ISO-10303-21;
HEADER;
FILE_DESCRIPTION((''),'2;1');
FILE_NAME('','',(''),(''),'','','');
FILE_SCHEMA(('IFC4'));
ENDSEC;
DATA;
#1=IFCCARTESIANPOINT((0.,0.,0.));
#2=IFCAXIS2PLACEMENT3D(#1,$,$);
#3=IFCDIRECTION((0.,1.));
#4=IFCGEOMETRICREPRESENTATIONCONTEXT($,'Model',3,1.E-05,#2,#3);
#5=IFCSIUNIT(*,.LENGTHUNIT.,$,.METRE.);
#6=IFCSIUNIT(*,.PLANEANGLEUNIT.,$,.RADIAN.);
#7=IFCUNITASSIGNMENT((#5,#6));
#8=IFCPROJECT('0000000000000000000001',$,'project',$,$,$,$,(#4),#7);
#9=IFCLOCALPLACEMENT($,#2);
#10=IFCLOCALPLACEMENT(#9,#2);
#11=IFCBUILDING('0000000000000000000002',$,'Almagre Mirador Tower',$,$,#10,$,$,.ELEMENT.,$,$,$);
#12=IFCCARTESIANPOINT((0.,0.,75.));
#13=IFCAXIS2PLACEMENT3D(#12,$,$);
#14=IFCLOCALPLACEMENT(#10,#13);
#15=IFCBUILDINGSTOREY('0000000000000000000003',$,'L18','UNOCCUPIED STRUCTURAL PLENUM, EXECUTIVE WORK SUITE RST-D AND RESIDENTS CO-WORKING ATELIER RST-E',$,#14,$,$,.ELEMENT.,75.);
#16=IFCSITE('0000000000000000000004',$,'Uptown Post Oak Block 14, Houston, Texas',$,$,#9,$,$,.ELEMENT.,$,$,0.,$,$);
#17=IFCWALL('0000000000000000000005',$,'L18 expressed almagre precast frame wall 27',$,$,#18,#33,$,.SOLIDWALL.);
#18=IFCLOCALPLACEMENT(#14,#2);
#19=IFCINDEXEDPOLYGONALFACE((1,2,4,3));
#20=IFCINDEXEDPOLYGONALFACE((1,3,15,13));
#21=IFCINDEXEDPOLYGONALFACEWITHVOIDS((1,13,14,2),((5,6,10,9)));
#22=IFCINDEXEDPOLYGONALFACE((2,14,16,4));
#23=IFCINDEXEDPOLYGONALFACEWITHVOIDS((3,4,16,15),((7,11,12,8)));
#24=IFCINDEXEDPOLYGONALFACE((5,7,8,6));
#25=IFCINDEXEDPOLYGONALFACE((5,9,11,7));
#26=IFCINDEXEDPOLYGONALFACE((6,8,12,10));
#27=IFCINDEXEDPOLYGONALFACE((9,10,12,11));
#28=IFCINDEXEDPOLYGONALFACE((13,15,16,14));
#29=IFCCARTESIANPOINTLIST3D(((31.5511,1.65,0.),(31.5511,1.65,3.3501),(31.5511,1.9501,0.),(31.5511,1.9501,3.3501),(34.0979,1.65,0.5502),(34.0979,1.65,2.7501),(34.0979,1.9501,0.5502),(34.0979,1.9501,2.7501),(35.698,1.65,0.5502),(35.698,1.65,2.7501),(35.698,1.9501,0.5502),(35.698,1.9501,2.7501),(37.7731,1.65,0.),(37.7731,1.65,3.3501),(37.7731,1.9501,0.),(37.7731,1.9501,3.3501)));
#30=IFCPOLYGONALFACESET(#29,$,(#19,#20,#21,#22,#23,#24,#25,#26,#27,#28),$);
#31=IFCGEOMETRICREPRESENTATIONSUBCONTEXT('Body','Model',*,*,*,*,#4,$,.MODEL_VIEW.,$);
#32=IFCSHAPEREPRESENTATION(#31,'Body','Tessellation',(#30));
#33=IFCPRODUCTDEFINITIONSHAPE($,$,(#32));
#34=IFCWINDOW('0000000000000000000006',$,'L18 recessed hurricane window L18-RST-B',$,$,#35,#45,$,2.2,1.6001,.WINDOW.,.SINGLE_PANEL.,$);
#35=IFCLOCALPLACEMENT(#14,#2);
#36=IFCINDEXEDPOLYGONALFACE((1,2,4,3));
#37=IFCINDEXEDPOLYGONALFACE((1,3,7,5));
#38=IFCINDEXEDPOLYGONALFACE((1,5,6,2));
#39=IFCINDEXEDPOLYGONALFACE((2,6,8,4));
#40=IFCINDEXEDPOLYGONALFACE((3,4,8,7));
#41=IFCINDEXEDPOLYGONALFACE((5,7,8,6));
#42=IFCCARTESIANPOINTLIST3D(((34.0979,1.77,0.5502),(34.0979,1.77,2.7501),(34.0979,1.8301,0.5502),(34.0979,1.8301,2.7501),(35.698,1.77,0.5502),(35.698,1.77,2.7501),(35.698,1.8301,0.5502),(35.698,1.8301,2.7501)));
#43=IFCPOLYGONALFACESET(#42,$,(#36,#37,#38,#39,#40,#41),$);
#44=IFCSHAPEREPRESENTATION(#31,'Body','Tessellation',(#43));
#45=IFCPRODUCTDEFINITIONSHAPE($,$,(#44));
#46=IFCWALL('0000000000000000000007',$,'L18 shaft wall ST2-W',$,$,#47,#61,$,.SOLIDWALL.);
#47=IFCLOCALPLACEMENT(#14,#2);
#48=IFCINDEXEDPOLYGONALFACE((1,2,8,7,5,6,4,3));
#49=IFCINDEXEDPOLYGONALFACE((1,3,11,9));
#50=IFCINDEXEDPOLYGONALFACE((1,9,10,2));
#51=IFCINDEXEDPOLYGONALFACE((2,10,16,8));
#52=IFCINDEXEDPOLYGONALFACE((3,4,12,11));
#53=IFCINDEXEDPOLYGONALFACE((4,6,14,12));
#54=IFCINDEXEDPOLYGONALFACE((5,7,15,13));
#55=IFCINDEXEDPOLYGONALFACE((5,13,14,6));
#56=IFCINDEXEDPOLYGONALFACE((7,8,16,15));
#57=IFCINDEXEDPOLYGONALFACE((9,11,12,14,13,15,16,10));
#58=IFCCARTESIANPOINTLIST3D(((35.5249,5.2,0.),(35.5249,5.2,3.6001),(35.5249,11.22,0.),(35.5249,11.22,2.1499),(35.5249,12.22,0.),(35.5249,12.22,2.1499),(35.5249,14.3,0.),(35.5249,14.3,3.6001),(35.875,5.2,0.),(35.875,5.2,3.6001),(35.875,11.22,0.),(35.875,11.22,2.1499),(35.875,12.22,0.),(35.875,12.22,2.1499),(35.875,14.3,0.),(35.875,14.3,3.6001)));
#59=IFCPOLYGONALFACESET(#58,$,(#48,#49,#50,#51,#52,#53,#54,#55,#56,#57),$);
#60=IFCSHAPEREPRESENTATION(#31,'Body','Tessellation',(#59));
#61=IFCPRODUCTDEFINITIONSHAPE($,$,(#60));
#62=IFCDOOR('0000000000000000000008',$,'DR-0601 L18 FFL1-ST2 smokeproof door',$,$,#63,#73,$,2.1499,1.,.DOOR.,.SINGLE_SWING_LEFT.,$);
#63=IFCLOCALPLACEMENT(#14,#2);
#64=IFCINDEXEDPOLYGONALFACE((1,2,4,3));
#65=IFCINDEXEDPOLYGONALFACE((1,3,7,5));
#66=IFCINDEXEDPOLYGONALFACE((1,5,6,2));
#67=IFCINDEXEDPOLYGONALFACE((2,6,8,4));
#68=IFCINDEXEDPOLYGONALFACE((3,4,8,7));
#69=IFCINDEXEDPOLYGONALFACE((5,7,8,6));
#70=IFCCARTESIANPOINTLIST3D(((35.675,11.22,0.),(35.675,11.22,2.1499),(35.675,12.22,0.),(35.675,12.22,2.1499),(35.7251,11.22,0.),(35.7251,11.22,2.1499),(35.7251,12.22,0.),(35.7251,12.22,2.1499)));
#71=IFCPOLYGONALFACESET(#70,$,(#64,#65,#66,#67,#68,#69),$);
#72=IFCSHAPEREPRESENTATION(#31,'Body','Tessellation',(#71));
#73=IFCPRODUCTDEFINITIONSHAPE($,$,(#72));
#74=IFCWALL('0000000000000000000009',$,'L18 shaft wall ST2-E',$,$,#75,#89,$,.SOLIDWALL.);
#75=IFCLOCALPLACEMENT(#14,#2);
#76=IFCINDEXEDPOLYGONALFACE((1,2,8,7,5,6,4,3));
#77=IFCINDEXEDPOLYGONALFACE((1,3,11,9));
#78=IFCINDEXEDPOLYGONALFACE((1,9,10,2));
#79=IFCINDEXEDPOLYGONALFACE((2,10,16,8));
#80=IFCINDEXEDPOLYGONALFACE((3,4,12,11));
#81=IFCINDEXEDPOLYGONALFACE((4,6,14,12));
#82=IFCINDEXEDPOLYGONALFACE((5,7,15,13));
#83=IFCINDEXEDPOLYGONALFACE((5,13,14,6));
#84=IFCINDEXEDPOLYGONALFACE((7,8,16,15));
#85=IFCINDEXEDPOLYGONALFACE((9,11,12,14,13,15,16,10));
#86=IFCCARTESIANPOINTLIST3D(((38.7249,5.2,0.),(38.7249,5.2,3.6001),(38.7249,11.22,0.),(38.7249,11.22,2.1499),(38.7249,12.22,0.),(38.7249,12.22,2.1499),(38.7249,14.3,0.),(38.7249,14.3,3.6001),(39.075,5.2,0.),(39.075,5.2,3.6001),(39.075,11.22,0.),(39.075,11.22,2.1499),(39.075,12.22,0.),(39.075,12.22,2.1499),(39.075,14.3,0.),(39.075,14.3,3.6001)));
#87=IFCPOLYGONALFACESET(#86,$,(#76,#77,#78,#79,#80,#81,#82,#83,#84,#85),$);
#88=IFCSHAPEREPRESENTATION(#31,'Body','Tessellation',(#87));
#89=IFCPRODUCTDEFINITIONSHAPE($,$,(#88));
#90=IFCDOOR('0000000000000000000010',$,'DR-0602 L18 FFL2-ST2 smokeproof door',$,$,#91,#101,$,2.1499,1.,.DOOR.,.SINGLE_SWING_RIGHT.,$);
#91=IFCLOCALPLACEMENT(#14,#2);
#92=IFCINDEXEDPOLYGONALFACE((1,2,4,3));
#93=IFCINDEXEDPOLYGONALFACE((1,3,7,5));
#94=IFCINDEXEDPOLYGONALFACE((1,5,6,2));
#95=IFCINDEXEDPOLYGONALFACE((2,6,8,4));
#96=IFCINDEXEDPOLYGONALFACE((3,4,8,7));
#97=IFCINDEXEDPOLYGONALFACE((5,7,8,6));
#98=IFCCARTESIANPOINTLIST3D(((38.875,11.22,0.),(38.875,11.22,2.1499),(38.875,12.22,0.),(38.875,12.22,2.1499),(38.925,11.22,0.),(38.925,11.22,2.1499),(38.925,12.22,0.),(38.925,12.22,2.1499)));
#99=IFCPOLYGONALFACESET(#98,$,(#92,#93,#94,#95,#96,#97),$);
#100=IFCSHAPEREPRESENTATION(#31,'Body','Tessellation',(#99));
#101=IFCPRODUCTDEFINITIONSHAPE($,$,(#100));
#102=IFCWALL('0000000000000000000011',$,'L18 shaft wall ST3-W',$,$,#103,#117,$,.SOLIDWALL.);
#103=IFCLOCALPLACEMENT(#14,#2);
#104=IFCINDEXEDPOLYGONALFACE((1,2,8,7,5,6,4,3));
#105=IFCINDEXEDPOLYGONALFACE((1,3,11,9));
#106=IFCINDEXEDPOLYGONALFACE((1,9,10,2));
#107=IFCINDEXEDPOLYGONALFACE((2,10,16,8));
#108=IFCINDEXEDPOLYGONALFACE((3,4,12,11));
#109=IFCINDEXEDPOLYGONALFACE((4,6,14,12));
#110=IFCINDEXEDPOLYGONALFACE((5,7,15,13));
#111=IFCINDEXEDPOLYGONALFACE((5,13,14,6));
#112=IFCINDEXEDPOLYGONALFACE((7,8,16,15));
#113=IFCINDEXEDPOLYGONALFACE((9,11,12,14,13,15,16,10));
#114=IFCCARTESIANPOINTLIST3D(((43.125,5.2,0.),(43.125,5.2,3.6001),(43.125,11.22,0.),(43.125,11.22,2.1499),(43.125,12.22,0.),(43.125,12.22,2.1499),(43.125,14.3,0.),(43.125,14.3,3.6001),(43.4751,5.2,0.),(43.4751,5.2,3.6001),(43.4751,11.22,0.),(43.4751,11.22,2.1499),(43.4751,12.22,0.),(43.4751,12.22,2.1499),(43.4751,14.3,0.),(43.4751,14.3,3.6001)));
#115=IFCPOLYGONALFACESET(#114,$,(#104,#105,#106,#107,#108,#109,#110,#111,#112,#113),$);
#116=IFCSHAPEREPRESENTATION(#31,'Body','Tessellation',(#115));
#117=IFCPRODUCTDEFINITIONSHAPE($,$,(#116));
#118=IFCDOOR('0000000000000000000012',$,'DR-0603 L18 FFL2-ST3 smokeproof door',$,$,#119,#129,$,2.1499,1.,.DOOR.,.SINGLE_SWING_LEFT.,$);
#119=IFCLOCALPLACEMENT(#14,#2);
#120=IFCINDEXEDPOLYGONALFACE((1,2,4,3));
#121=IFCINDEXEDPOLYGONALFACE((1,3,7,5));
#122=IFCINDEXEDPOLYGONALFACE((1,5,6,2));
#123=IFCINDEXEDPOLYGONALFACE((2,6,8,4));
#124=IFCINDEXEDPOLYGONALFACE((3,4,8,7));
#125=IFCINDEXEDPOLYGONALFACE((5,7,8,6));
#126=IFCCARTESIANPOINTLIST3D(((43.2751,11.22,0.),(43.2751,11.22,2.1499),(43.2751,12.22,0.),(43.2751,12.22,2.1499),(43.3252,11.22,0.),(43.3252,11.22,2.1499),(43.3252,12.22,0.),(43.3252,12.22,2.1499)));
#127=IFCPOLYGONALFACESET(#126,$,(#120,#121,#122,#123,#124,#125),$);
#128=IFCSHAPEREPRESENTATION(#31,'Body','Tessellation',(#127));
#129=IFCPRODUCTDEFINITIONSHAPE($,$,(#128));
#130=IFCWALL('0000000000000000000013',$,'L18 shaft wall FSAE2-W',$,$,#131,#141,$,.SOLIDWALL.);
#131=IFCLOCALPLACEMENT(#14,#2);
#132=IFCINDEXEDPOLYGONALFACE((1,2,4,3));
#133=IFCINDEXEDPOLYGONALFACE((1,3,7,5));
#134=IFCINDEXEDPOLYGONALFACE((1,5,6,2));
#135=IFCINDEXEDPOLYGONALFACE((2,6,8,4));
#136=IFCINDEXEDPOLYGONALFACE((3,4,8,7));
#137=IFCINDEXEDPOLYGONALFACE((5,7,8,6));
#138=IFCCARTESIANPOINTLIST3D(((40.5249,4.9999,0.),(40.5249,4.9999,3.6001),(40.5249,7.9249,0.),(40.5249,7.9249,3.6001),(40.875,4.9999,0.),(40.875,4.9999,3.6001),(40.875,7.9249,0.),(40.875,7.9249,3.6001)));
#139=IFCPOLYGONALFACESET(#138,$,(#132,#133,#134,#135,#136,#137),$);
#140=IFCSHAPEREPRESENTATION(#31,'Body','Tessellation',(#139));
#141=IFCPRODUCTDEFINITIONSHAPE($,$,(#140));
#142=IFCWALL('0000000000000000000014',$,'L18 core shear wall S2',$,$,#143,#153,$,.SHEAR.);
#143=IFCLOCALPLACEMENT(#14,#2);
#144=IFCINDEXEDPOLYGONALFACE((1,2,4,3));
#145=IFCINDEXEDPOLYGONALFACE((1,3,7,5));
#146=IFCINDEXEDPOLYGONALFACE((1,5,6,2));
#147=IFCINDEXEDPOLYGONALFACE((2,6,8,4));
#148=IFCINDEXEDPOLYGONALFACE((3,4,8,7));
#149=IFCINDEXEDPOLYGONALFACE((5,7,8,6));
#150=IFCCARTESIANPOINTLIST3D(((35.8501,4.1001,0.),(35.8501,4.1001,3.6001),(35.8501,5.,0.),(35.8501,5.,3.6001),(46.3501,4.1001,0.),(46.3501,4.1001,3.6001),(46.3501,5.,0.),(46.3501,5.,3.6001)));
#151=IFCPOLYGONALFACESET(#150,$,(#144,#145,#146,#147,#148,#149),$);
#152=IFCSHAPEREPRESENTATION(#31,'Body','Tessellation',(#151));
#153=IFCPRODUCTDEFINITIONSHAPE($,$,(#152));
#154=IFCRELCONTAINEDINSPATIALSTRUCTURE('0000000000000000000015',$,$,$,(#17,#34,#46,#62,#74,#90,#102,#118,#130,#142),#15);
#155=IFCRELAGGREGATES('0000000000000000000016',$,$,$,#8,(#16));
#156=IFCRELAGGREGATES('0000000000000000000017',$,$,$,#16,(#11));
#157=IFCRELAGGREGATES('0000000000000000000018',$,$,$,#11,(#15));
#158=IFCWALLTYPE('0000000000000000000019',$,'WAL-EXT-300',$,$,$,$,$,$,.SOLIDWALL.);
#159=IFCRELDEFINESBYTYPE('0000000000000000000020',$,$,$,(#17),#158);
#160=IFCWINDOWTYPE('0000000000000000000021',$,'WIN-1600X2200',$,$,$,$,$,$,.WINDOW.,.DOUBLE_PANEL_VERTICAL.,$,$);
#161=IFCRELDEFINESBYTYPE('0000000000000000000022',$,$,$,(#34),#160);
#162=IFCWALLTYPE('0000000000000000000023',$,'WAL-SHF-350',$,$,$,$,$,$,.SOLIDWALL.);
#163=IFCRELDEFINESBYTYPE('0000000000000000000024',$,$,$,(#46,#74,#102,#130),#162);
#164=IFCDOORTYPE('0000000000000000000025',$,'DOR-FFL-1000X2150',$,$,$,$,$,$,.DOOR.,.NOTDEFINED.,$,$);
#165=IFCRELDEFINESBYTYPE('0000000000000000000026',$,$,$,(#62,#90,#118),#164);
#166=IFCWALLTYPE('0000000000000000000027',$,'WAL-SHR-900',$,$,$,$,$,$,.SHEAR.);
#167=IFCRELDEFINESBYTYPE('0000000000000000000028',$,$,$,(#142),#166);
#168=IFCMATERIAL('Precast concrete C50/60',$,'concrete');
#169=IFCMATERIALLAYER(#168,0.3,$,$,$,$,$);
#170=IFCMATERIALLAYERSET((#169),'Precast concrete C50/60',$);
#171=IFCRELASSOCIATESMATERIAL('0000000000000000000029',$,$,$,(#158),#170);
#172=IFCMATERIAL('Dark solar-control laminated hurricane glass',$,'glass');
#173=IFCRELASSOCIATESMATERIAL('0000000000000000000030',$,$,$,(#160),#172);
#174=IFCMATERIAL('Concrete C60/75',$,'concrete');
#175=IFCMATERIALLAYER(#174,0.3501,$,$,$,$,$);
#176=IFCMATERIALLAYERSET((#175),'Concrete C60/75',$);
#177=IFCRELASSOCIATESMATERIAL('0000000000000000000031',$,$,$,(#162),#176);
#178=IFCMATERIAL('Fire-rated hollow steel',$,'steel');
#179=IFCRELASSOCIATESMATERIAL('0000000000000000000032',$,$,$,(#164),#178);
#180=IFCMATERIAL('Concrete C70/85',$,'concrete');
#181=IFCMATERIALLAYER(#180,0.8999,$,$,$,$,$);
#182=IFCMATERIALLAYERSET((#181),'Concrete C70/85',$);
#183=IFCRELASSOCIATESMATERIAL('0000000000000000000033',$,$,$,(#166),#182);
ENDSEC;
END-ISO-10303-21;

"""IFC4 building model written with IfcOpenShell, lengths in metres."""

from ifc_helpers import new_model, si_unit, direction, frame, frame_2d, origin, place, context, subcontext, project, spatial, rectangle, extrude, material, layer, layer_set, type_object, element, fill, save


model = new_model("IFC4")

# Units and contexts
model_context = context("Model", 3, precision=1e-05, world=origin(), true_north=direction((0.0, 1.0)))
body_context = subcontext(model_context, "Body", "Model", "MODEL_VIEW")
ifc_project = project(units=[si_unit("LENGTHUNIT", "METRE"), si_unit("PLANEANGLEUNIT", "RADIAN")], contexts=[model_context])

# Site, building, storey
site_placement = place(None, origin())
site = spatial("IfcSite", under=ifc_project, at=site_placement, Name="Uptown Post Oak Block 14, Houston, Texas", CompositionType="ELEMENT", RefElevation=0.0)
building_placement = place(site_placement, origin())
building = spatial("IfcBuilding", under=site, at=building_placement, Name="Almagre Mirador Tower", CompositionType="ELEMENT")
storey_placement = place(building_placement, frame((0.0, 0.0, 75.0)))
storey = spatial("IfcBuildingStorey", under=building, at=storey_placement, Name="L18", Description="UNOCCUPIED STRUCTURAL PLENUM, EXECUTIVE WORK SUITE RST-D AND RESIDENTS CO-WORKING ATELIER RST-E", CompositionType="ELEMENT", Elevation=75.0)

# Shared definitions
ifc_material_1 = material(Name="Precast concrete C50/60", Category="concrete")
ifc_layer_1 = layer(ifc_material_1, 0.3)
ifc_layer_set_1 = layer_set([ifc_layer_1], Name="Precast concrete C50/60")
wall_type_1 = type_object("IfcWallType", Name="WAL-EXT-300", PredefinedType="SOLIDWALL", material=ifc_layer_set_1)

# Wall, opening, window
wall_1_placement = place(storey_placement, frame((37.7729, 1.8, 0.0), z_axis=(0.0, 0.0, 1.0), x_axis=(-1.0, 0.0, 0.0)))
wall_1 = element("IfcWall", 1, at=wall_1_placement, inside=storey, type_object=wall_type_1, Name="L18 expressed almagre precast frame wall 27", PredefinedType="SOLIDWALL", context=body_context, shape_type="SweptSolid", body=[
    extrude(rectangle(XDim=6.2219, YDim=0.3, at=frame_2d((3.1108, 0.0))), origin(), (0.0, 0.0, 1.0), 3.3501),
])
opening_1_placement = place(wall_1_placement, frame((2.075, 0.0, 0.55)))
opening_1 = element("IfcOpeningElement", 2, at=opening_1_placement, cuts=wall_1, PredefinedType="OPENING", context=body_context, shape_type="SweptSolid", body=[
    extrude(rectangle(XDim=1.6001, YDim=2.2, at=frame_2d((0.8, 1.1001))), frame((0.0, 0.1599, 0.0), z_axis=(0.0, -1.0, 0.0), x_axis=(1.0, 0.0, 0.0)), (0.0, 0.0, 1.0), 0.32),
])
ifc_material_2 = material(Name="Dark solar-control laminated hurricane glass", Category="glass")
window_type = type_object("IfcWindowType", Name="WIN-1600X2200", PartitioningType="DOUBLE_PANEL_VERTICAL", PredefinedType="WINDOW", material=ifc_material_2)
window_placement = place(opening_1_placement, origin())
window = element("IfcWindow", 3, at=window_placement, inside=storey, type_object=window_type, Name="L18 recessed hurricane window L18-RST-B", OverallHeight=2.2, OverallWidth=1.6001, PartitioningType="SINGLE_PANEL", PredefinedType="WINDOW", context=body_context, shape_type="SweptSolid", body=[
    extrude(rectangle(XDim=1.6001, YDim=2.2, at=frame_2d((0.8, 1.1001))), frame((0.0, 0.03, 0.0), z_axis=(0.0, -1.0, 0.0), x_axis=(1.0, 0.0, 0.0)), (0.0, 0.0, 1.0), 0.0601),
])
fill(opening_1, window)

# Walls, openings, doors
ifc_material_3 = material(Name="Concrete C60/75", Category="concrete")
ifc_layer_2 = layer(ifc_material_3, 0.3501)
ifc_layer_set_2 = layer_set([ifc_layer_2], Name="Concrete C60/75")
wall_type_2 = type_object("IfcWallType", Name="WAL-SHF-350", PredefinedType="SOLIDWALL", material=ifc_layer_set_2)
wall_2_placement = place(storey_placement, frame((35.7, 5.2, 0.0), z_axis=(0.0, 0.0, 1.0), x_axis=(0.0, 1.0, 0.0)))
wall_2 = element("IfcWall", 4, at=wall_2_placement, inside=storey, type_object=wall_type_2, Name="L18 shaft wall ST2-W", PredefinedType="SOLIDWALL", context=body_context, shape_type="SweptSolid", body=[
    extrude(rectangle(XDim=9.1001, YDim=0.3501, at=frame_2d((4.55, 0.0))), origin(), (0.0, 0.0, 1.0), 3.6001),
])
opening_2_placement = place(wall_2_placement, frame((6.02, 0.0, 0.0)))
opening_2 = element("IfcOpeningElement", 5, at=opening_2_placement, cuts=wall_2, PredefinedType="OPENING", context=body_context, shape_type="SweptSolid", body=[
    extrude(rectangle(XDim=1.0, YDim=2.1499, at=frame_2d((0.5, 1.075))), frame((0.0, 0.185, 0.0), z_axis=(0.0, -1.0, 0.0), x_axis=(1.0, 0.0, 0.0)), (0.0, 0.0, 1.0), 0.3701),
])
ifc_material_4 = material(Name="Fire-rated hollow steel", Category="steel")
door_type = type_object("IfcDoorType", Name="DOR-FFL-1000X2150", OperationType="NOTDEFINED", PredefinedType="DOOR", material=ifc_material_4)
door_1_placement = place(opening_2_placement, origin())
door_1 = element("IfcDoor", 6, at=door_1_placement, inside=storey, type_object=door_type, Name="DR-0601 L18 FFL1-ST2 smokeproof door", OperationType="SINGLE_SWING_LEFT", OverallHeight=2.1499, OverallWidth=1.0, PredefinedType="DOOR", context=body_context, shape_type="SweptSolid", body=[
    extrude(rectangle(XDim=1.0, YDim=2.1499, at=frame_2d((0.5, 1.075))), frame((0.0, 0.0249, 0.0), z_axis=(0.0, -1.0, 0.0), x_axis=(1.0, 0.0, 0.0)), (0.0, 0.0, 1.0), 0.05),
])
fill(opening_2, door_1)
wall_3_placement = place(storey_placement, frame((38.8999, 5.2, 0.0), z_axis=(0.0, 0.0, 1.0), x_axis=(0.0, 1.0, 0.0)))
wall_3 = element("IfcWall", 7, at=wall_3_placement, inside=storey, type_object=wall_type_2, Name="L18 shaft wall ST2-E", PredefinedType="SOLIDWALL", context=body_context, shape_type="SweptSolid", body=[
    extrude(rectangle(XDim=9.1001, YDim=0.3501, at=frame_2d((4.55, 0.0))), origin(), (0.0, 0.0, 1.0), 3.6001),
])
opening_3_placement = place(wall_3_placement, frame((6.02, 0.0, 0.0)))
opening_3 = element("IfcOpeningElement", 8, at=opening_3_placement, cuts=wall_3, PredefinedType="OPENING", context=body_context, shape_type="SweptSolid", body=[
    extrude(rectangle(XDim=1.0, YDim=2.1499, at=frame_2d((0.5, 1.075))), frame((0.0, 0.185, 0.0), z_axis=(0.0, -1.0, 0.0), x_axis=(1.0, 0.0, 0.0)), (0.0, 0.0, 1.0), 0.3701),
])
door_2_placement = place(opening_3_placement, origin())
door_2 = element("IfcDoor", 9, at=door_2_placement, inside=storey, type_object=door_type, Name="DR-0602 L18 FFL2-ST2 smokeproof door", OperationType="SINGLE_SWING_RIGHT", OverallHeight=2.1499, OverallWidth=1.0, PredefinedType="DOOR", context=body_context, shape_type="SweptSolid", body=[
    extrude(rectangle(XDim=1.0, YDim=2.1499, at=frame_2d((0.5, 1.075))), frame((0.0, 0.0249, 0.0), z_axis=(0.0, -1.0, 0.0), x_axis=(1.0, 0.0, 0.0)), (0.0, 0.0, 1.0), 0.05),
])
fill(opening_3, door_2)
wall_4_placement = place(storey_placement, frame((43.3, 5.2, 0.0), z_axis=(0.0, 0.0, 1.0), x_axis=(0.0, 1.0, 0.0)))
wall_4 = element("IfcWall", 10, at=wall_4_placement, inside=storey, type_object=wall_type_2, Name="L18 shaft wall ST3-W", PredefinedType="SOLIDWALL", context=body_context, shape_type="SweptSolid", body=[
    extrude(rectangle(XDim=9.1001, YDim=0.3501, at=frame_2d((4.55, 0.0))), origin(), (0.0, 0.0, 1.0), 3.6001),
])
opening_4_placement = place(wall_4_placement, frame((6.02, 0.0, 0.0)))
opening_4 = element("IfcOpeningElement", 11, at=opening_4_placement, cuts=wall_4, PredefinedType="OPENING", context=body_context, shape_type="SweptSolid", body=[
    extrude(rectangle(XDim=1.0, YDim=2.1499, at=frame_2d((0.5, 1.075))), frame((0.0, 0.185, 0.0), z_axis=(0.0, -1.0, 0.0), x_axis=(1.0, 0.0, 0.0)), (0.0, 0.0, 1.0), 0.3701),
])
door_3_placement = place(opening_4_placement, origin())
door_3 = element("IfcDoor", 12, at=door_3_placement, inside=storey, type_object=door_type, Name="DR-0603 L18 FFL2-ST3 smokeproof door", OperationType="SINGLE_SWING_LEFT", OverallHeight=2.1499, OverallWidth=1.0, PredefinedType="DOOR", context=body_context, shape_type="SweptSolid", body=[
    extrude(rectangle(XDim=1.0, YDim=2.1499, at=frame_2d((0.5, 1.075))), frame((0.0, 0.0249, 0.0), z_axis=(0.0, -1.0, 0.0), x_axis=(1.0, 0.0, 0.0)), (0.0, 0.0, 1.0), 0.05),
])
fill(opening_4, door_3)

# Walls
wall_5_placement = place(storey_placement, frame((40.7, 5.0, 0.0), z_axis=(0.0, 0.0, 1.0), x_axis=(0.0, 1.0, 0.0)))
element("IfcWall", 13, at=wall_5_placement, inside=storey, type_object=wall_type_2, Name="L18 shaft wall FSAE2-W", PredefinedType="SOLIDWALL", context=body_context, shape_type="SweptSolid", body=[
    extrude(rectangle(XDim=2.925, YDim=0.3501, at=frame_2d((1.4624, 0.0))), origin(), (0.0, 0.0, 1.0), 3.6001),
])
ifc_material_5 = material(Name="Concrete C70/85", Category="concrete")
ifc_layer_3 = layer(ifc_material_5, 0.8999)
ifc_layer_set_3 = layer_set([ifc_layer_3], Name="Concrete C70/85")
wall_type_3 = type_object("IfcWallType", Name="WAL-SHR-900", PredefinedType="SHEAR", material=ifc_layer_set_3)
wall_6_placement = place(storey_placement, frame((35.8501, 4.55, 0.0), z_axis=(0.0, 0.0, 1.0), x_axis=(1.0, 0.0, 0.0)))
element("IfcWall", 14, at=wall_6_placement, inside=storey, type_object=wall_type_3, Name="L18 core shear wall S2", PredefinedType="SHEAR", context=body_context, shape_type="SweptSolid", body=[
    extrude(rectangle(XDim=10.5, YDim=0.8999, at=frame_2d((5.25, 0.0))), origin(), (0.0, 0.0, 1.0), 3.6001),
])

save(model, "model.ifc")
